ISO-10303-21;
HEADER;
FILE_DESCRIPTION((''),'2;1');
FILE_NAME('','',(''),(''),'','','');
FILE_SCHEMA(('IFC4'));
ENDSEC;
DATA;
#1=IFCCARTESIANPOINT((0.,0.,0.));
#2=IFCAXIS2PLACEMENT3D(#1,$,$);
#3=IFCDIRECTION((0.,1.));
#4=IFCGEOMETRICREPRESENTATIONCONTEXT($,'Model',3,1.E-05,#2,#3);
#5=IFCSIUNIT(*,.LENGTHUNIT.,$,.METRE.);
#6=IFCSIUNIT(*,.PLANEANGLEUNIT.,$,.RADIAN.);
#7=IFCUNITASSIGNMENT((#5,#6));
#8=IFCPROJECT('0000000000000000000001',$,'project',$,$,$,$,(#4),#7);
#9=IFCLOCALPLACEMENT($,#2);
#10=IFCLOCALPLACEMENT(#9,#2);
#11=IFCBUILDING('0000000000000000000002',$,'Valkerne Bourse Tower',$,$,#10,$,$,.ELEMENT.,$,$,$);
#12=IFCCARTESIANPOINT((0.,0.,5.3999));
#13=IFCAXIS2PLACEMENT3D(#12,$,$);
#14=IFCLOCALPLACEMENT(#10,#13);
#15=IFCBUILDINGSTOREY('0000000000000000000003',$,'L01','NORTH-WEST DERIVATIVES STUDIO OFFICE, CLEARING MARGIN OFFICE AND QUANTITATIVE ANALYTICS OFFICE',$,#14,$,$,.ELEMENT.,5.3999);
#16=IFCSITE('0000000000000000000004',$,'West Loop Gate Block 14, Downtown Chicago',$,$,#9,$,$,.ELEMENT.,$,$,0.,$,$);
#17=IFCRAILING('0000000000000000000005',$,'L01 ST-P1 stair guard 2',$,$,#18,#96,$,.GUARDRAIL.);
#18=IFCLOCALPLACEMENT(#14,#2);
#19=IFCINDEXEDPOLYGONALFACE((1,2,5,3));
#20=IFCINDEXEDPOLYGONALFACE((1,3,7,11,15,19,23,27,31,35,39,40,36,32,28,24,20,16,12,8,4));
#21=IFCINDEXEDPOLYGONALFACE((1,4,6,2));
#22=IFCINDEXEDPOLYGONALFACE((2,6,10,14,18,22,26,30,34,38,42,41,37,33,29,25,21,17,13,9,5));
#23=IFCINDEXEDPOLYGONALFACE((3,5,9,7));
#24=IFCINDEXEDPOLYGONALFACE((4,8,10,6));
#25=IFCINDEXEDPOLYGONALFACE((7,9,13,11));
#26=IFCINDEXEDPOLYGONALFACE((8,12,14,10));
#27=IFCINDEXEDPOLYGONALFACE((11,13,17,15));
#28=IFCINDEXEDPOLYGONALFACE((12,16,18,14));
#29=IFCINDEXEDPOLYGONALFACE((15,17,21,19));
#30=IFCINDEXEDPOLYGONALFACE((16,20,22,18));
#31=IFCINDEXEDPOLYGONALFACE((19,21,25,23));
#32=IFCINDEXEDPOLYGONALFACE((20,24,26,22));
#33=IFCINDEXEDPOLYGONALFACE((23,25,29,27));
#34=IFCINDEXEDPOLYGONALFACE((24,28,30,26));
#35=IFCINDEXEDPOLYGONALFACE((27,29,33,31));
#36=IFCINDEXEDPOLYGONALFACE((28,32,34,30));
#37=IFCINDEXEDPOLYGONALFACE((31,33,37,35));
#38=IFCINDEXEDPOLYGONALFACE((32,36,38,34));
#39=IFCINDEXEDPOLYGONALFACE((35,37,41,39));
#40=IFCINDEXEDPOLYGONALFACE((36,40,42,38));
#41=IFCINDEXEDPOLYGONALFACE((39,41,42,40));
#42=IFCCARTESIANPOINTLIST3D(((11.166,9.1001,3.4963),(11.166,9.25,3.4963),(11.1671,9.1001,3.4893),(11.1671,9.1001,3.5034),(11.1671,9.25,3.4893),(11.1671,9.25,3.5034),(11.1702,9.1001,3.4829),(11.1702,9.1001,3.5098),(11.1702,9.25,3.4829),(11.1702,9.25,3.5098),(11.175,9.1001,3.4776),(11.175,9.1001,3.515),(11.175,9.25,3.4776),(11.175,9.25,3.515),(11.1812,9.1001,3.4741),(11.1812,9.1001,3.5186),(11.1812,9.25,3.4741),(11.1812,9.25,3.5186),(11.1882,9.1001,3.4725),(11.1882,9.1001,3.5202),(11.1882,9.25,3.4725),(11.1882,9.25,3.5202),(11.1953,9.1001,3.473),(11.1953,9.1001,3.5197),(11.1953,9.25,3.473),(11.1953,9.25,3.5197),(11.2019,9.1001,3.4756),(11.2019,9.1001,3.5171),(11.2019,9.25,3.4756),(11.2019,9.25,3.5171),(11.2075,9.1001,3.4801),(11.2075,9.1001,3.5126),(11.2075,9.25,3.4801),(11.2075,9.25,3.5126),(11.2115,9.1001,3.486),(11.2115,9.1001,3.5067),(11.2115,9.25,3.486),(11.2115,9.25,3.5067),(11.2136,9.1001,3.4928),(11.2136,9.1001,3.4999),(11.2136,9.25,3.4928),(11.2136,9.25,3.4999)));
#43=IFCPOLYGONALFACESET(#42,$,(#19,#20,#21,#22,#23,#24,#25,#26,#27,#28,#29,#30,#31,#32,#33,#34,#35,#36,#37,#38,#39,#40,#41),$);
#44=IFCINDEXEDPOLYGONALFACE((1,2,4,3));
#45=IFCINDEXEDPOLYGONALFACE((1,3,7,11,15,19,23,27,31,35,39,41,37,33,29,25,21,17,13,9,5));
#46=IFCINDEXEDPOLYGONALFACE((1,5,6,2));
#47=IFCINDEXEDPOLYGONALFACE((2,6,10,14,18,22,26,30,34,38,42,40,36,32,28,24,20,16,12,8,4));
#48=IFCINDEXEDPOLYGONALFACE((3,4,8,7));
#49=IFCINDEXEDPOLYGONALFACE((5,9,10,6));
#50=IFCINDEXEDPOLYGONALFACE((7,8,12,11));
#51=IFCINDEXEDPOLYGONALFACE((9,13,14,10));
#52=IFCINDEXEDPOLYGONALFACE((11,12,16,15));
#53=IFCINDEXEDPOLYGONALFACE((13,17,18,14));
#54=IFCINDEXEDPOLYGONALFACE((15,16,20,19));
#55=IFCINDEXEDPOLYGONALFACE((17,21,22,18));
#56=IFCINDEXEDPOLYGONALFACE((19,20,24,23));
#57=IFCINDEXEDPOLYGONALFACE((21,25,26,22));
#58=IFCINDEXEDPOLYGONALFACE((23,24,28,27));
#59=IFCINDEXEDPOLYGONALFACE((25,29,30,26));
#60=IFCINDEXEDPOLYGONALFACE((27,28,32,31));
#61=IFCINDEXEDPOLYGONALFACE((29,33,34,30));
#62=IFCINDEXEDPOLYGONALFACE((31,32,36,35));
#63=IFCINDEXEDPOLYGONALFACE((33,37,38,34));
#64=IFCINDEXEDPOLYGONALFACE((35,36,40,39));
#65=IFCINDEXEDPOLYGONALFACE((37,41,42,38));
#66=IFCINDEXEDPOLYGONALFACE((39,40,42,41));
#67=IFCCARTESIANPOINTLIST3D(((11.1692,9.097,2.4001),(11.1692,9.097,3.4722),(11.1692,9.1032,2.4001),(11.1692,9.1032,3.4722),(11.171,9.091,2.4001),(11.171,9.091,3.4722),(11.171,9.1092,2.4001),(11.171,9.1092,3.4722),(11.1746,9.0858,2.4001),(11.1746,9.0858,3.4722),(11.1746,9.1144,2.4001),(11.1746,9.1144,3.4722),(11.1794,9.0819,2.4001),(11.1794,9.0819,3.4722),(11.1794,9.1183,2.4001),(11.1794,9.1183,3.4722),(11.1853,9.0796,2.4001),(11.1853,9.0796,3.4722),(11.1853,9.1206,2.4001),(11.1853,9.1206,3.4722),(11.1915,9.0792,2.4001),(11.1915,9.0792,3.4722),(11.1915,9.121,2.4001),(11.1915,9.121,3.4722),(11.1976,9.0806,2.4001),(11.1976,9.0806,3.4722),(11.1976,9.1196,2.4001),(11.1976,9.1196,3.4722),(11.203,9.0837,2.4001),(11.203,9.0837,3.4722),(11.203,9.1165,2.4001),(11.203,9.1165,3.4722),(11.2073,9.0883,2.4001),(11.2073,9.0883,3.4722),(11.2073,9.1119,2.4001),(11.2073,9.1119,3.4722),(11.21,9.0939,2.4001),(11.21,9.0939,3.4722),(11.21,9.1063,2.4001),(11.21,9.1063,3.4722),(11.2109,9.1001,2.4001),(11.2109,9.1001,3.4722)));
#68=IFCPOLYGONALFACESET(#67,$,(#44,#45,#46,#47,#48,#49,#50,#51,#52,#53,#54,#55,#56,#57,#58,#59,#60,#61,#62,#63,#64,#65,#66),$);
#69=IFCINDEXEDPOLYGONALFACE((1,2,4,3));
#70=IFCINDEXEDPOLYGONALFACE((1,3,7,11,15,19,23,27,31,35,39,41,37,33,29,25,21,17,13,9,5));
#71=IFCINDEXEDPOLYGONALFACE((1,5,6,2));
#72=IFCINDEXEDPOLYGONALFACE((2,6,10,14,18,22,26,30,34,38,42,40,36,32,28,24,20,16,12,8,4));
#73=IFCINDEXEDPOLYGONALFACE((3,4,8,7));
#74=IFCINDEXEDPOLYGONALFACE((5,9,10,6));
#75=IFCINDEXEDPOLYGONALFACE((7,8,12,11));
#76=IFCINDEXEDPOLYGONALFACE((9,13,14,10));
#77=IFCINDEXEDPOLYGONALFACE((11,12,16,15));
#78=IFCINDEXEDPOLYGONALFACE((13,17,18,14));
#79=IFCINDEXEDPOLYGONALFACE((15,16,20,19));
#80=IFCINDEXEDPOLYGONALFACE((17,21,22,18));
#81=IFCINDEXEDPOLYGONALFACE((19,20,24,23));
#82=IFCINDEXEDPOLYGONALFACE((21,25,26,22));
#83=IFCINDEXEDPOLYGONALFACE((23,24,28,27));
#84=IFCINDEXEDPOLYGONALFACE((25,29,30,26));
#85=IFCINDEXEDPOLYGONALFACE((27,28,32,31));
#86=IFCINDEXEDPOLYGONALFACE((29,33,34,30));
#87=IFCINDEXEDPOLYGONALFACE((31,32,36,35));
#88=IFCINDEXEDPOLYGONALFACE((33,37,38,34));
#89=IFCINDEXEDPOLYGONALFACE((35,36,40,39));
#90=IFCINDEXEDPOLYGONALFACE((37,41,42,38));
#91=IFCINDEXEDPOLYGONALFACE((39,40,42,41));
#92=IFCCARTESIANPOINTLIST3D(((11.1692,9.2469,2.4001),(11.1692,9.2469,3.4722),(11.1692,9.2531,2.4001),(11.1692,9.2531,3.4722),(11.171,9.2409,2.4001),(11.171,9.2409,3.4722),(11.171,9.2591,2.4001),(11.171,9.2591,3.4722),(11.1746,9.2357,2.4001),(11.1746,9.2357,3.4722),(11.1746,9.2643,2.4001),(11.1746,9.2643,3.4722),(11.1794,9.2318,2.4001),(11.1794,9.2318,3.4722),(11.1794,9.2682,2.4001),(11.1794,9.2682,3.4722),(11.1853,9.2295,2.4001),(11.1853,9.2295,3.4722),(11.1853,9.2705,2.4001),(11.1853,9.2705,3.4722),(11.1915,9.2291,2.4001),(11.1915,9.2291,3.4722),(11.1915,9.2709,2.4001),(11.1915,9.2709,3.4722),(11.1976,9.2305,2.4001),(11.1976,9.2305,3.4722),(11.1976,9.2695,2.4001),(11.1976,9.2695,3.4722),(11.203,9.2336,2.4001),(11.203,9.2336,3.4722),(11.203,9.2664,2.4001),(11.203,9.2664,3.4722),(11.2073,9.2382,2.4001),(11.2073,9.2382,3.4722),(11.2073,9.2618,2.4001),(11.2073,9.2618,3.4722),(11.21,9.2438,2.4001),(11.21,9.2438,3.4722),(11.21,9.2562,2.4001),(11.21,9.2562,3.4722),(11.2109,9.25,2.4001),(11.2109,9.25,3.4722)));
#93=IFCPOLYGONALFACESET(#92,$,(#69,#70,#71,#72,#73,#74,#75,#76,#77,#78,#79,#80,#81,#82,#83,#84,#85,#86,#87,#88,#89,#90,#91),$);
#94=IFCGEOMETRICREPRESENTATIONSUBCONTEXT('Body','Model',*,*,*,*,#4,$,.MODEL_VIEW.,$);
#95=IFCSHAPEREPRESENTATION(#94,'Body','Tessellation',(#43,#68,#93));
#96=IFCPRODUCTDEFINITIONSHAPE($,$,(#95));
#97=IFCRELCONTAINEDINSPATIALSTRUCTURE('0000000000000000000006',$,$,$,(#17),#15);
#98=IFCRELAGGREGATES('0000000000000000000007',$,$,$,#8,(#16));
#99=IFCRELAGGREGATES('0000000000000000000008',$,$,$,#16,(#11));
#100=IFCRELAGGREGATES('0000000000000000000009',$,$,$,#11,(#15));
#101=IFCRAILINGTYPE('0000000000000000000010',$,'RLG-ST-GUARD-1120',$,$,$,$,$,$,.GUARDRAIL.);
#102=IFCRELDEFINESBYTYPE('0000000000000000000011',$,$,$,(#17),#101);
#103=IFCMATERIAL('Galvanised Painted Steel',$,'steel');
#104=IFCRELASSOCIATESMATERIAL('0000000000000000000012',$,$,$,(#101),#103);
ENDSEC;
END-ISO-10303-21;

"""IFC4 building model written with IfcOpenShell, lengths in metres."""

from ifc_helpers import new_model, si_unit, direction, frame, origin, origin_2d, place, context, subcontext, project, spatial, circle, extrude, material, type_object, element, save


model = new_model("IFC4")

# Units and contexts
model_context = context("Model", 3, precision=1e-05, world=origin(), true_north=direction((0.0, 1.0)))
body_context = subcontext(model_context, "Body", "Model", "MODEL_VIEW")
ifc_project = project(units=[si_unit("LENGTHUNIT", "METRE"), si_unit("PLANEANGLEUNIT", "RADIAN")], contexts=[model_context])

# Site, building, storey
site_placement = place(None, origin())
site = spatial("IfcSite", under=ifc_project, at=site_placement, Name="West Loop Gate Block 14, Downtown Chicago", CompositionType="ELEMENT", RefElevation=0.0)
building_placement = place(site_placement, origin())
building = spatial("IfcBuilding", under=site, at=building_placement, Name="Valkerne Bourse Tower", CompositionType="ELEMENT")
storey_placement = place(building_placement, frame((0.0, 0.0, 5.3999)))
storey = spatial("IfcBuildingStorey", under=building, at=storey_placement, Name="L01", Description="NORTH-WEST DERIVATIVES STUDIO OFFICE, CLEARING MARGIN OFFICE AND QUANTITATIVE ANALYTICS OFFICE", CompositionType="ELEMENT", Elevation=5.3999)

# Railing
ifc_material_1 = material(Name="Galvanised Painted Steel", Category="steel")
railing_type_1 = type_object("IfcRailingType", Name="RLG-ST-GUARD-1120", PredefinedType="GUARDRAIL", material=ifc_material_1)
railing_1_placement = place(storey_placement, frame((11.1899, 9.1001, 2.4001)))
element("IfcRailing", 1, at=railing_1_placement, inside=storey, type_object=railing_type_1, Name="L01 ST-P1 stair guard 2", PredefinedType="GUARDRAIL", context=body_context, shape_type="SweptSolid", body=[
    extrude(circle(Radius=0.0239, at=origin_2d()), frame((0.0, 0.0, 1.0962), z_axis=(0.0, 1.0, 0.0), x_axis=(-1.0, 0.0, 0.0)), (0.0, 0.0, 1.0), 0.1499),
    extrude(circle(Radius=0.021, at=origin_2d()), origin(), (0.0, 0.0, 1.0), 1.072),
    extrude(circle(Radius=0.021, at=origin_2d()), frame((0.0, 0.1499, 0.0)), (0.0, 0.0, 1.0), 1.072),
])

save(model, "model.ifc")
